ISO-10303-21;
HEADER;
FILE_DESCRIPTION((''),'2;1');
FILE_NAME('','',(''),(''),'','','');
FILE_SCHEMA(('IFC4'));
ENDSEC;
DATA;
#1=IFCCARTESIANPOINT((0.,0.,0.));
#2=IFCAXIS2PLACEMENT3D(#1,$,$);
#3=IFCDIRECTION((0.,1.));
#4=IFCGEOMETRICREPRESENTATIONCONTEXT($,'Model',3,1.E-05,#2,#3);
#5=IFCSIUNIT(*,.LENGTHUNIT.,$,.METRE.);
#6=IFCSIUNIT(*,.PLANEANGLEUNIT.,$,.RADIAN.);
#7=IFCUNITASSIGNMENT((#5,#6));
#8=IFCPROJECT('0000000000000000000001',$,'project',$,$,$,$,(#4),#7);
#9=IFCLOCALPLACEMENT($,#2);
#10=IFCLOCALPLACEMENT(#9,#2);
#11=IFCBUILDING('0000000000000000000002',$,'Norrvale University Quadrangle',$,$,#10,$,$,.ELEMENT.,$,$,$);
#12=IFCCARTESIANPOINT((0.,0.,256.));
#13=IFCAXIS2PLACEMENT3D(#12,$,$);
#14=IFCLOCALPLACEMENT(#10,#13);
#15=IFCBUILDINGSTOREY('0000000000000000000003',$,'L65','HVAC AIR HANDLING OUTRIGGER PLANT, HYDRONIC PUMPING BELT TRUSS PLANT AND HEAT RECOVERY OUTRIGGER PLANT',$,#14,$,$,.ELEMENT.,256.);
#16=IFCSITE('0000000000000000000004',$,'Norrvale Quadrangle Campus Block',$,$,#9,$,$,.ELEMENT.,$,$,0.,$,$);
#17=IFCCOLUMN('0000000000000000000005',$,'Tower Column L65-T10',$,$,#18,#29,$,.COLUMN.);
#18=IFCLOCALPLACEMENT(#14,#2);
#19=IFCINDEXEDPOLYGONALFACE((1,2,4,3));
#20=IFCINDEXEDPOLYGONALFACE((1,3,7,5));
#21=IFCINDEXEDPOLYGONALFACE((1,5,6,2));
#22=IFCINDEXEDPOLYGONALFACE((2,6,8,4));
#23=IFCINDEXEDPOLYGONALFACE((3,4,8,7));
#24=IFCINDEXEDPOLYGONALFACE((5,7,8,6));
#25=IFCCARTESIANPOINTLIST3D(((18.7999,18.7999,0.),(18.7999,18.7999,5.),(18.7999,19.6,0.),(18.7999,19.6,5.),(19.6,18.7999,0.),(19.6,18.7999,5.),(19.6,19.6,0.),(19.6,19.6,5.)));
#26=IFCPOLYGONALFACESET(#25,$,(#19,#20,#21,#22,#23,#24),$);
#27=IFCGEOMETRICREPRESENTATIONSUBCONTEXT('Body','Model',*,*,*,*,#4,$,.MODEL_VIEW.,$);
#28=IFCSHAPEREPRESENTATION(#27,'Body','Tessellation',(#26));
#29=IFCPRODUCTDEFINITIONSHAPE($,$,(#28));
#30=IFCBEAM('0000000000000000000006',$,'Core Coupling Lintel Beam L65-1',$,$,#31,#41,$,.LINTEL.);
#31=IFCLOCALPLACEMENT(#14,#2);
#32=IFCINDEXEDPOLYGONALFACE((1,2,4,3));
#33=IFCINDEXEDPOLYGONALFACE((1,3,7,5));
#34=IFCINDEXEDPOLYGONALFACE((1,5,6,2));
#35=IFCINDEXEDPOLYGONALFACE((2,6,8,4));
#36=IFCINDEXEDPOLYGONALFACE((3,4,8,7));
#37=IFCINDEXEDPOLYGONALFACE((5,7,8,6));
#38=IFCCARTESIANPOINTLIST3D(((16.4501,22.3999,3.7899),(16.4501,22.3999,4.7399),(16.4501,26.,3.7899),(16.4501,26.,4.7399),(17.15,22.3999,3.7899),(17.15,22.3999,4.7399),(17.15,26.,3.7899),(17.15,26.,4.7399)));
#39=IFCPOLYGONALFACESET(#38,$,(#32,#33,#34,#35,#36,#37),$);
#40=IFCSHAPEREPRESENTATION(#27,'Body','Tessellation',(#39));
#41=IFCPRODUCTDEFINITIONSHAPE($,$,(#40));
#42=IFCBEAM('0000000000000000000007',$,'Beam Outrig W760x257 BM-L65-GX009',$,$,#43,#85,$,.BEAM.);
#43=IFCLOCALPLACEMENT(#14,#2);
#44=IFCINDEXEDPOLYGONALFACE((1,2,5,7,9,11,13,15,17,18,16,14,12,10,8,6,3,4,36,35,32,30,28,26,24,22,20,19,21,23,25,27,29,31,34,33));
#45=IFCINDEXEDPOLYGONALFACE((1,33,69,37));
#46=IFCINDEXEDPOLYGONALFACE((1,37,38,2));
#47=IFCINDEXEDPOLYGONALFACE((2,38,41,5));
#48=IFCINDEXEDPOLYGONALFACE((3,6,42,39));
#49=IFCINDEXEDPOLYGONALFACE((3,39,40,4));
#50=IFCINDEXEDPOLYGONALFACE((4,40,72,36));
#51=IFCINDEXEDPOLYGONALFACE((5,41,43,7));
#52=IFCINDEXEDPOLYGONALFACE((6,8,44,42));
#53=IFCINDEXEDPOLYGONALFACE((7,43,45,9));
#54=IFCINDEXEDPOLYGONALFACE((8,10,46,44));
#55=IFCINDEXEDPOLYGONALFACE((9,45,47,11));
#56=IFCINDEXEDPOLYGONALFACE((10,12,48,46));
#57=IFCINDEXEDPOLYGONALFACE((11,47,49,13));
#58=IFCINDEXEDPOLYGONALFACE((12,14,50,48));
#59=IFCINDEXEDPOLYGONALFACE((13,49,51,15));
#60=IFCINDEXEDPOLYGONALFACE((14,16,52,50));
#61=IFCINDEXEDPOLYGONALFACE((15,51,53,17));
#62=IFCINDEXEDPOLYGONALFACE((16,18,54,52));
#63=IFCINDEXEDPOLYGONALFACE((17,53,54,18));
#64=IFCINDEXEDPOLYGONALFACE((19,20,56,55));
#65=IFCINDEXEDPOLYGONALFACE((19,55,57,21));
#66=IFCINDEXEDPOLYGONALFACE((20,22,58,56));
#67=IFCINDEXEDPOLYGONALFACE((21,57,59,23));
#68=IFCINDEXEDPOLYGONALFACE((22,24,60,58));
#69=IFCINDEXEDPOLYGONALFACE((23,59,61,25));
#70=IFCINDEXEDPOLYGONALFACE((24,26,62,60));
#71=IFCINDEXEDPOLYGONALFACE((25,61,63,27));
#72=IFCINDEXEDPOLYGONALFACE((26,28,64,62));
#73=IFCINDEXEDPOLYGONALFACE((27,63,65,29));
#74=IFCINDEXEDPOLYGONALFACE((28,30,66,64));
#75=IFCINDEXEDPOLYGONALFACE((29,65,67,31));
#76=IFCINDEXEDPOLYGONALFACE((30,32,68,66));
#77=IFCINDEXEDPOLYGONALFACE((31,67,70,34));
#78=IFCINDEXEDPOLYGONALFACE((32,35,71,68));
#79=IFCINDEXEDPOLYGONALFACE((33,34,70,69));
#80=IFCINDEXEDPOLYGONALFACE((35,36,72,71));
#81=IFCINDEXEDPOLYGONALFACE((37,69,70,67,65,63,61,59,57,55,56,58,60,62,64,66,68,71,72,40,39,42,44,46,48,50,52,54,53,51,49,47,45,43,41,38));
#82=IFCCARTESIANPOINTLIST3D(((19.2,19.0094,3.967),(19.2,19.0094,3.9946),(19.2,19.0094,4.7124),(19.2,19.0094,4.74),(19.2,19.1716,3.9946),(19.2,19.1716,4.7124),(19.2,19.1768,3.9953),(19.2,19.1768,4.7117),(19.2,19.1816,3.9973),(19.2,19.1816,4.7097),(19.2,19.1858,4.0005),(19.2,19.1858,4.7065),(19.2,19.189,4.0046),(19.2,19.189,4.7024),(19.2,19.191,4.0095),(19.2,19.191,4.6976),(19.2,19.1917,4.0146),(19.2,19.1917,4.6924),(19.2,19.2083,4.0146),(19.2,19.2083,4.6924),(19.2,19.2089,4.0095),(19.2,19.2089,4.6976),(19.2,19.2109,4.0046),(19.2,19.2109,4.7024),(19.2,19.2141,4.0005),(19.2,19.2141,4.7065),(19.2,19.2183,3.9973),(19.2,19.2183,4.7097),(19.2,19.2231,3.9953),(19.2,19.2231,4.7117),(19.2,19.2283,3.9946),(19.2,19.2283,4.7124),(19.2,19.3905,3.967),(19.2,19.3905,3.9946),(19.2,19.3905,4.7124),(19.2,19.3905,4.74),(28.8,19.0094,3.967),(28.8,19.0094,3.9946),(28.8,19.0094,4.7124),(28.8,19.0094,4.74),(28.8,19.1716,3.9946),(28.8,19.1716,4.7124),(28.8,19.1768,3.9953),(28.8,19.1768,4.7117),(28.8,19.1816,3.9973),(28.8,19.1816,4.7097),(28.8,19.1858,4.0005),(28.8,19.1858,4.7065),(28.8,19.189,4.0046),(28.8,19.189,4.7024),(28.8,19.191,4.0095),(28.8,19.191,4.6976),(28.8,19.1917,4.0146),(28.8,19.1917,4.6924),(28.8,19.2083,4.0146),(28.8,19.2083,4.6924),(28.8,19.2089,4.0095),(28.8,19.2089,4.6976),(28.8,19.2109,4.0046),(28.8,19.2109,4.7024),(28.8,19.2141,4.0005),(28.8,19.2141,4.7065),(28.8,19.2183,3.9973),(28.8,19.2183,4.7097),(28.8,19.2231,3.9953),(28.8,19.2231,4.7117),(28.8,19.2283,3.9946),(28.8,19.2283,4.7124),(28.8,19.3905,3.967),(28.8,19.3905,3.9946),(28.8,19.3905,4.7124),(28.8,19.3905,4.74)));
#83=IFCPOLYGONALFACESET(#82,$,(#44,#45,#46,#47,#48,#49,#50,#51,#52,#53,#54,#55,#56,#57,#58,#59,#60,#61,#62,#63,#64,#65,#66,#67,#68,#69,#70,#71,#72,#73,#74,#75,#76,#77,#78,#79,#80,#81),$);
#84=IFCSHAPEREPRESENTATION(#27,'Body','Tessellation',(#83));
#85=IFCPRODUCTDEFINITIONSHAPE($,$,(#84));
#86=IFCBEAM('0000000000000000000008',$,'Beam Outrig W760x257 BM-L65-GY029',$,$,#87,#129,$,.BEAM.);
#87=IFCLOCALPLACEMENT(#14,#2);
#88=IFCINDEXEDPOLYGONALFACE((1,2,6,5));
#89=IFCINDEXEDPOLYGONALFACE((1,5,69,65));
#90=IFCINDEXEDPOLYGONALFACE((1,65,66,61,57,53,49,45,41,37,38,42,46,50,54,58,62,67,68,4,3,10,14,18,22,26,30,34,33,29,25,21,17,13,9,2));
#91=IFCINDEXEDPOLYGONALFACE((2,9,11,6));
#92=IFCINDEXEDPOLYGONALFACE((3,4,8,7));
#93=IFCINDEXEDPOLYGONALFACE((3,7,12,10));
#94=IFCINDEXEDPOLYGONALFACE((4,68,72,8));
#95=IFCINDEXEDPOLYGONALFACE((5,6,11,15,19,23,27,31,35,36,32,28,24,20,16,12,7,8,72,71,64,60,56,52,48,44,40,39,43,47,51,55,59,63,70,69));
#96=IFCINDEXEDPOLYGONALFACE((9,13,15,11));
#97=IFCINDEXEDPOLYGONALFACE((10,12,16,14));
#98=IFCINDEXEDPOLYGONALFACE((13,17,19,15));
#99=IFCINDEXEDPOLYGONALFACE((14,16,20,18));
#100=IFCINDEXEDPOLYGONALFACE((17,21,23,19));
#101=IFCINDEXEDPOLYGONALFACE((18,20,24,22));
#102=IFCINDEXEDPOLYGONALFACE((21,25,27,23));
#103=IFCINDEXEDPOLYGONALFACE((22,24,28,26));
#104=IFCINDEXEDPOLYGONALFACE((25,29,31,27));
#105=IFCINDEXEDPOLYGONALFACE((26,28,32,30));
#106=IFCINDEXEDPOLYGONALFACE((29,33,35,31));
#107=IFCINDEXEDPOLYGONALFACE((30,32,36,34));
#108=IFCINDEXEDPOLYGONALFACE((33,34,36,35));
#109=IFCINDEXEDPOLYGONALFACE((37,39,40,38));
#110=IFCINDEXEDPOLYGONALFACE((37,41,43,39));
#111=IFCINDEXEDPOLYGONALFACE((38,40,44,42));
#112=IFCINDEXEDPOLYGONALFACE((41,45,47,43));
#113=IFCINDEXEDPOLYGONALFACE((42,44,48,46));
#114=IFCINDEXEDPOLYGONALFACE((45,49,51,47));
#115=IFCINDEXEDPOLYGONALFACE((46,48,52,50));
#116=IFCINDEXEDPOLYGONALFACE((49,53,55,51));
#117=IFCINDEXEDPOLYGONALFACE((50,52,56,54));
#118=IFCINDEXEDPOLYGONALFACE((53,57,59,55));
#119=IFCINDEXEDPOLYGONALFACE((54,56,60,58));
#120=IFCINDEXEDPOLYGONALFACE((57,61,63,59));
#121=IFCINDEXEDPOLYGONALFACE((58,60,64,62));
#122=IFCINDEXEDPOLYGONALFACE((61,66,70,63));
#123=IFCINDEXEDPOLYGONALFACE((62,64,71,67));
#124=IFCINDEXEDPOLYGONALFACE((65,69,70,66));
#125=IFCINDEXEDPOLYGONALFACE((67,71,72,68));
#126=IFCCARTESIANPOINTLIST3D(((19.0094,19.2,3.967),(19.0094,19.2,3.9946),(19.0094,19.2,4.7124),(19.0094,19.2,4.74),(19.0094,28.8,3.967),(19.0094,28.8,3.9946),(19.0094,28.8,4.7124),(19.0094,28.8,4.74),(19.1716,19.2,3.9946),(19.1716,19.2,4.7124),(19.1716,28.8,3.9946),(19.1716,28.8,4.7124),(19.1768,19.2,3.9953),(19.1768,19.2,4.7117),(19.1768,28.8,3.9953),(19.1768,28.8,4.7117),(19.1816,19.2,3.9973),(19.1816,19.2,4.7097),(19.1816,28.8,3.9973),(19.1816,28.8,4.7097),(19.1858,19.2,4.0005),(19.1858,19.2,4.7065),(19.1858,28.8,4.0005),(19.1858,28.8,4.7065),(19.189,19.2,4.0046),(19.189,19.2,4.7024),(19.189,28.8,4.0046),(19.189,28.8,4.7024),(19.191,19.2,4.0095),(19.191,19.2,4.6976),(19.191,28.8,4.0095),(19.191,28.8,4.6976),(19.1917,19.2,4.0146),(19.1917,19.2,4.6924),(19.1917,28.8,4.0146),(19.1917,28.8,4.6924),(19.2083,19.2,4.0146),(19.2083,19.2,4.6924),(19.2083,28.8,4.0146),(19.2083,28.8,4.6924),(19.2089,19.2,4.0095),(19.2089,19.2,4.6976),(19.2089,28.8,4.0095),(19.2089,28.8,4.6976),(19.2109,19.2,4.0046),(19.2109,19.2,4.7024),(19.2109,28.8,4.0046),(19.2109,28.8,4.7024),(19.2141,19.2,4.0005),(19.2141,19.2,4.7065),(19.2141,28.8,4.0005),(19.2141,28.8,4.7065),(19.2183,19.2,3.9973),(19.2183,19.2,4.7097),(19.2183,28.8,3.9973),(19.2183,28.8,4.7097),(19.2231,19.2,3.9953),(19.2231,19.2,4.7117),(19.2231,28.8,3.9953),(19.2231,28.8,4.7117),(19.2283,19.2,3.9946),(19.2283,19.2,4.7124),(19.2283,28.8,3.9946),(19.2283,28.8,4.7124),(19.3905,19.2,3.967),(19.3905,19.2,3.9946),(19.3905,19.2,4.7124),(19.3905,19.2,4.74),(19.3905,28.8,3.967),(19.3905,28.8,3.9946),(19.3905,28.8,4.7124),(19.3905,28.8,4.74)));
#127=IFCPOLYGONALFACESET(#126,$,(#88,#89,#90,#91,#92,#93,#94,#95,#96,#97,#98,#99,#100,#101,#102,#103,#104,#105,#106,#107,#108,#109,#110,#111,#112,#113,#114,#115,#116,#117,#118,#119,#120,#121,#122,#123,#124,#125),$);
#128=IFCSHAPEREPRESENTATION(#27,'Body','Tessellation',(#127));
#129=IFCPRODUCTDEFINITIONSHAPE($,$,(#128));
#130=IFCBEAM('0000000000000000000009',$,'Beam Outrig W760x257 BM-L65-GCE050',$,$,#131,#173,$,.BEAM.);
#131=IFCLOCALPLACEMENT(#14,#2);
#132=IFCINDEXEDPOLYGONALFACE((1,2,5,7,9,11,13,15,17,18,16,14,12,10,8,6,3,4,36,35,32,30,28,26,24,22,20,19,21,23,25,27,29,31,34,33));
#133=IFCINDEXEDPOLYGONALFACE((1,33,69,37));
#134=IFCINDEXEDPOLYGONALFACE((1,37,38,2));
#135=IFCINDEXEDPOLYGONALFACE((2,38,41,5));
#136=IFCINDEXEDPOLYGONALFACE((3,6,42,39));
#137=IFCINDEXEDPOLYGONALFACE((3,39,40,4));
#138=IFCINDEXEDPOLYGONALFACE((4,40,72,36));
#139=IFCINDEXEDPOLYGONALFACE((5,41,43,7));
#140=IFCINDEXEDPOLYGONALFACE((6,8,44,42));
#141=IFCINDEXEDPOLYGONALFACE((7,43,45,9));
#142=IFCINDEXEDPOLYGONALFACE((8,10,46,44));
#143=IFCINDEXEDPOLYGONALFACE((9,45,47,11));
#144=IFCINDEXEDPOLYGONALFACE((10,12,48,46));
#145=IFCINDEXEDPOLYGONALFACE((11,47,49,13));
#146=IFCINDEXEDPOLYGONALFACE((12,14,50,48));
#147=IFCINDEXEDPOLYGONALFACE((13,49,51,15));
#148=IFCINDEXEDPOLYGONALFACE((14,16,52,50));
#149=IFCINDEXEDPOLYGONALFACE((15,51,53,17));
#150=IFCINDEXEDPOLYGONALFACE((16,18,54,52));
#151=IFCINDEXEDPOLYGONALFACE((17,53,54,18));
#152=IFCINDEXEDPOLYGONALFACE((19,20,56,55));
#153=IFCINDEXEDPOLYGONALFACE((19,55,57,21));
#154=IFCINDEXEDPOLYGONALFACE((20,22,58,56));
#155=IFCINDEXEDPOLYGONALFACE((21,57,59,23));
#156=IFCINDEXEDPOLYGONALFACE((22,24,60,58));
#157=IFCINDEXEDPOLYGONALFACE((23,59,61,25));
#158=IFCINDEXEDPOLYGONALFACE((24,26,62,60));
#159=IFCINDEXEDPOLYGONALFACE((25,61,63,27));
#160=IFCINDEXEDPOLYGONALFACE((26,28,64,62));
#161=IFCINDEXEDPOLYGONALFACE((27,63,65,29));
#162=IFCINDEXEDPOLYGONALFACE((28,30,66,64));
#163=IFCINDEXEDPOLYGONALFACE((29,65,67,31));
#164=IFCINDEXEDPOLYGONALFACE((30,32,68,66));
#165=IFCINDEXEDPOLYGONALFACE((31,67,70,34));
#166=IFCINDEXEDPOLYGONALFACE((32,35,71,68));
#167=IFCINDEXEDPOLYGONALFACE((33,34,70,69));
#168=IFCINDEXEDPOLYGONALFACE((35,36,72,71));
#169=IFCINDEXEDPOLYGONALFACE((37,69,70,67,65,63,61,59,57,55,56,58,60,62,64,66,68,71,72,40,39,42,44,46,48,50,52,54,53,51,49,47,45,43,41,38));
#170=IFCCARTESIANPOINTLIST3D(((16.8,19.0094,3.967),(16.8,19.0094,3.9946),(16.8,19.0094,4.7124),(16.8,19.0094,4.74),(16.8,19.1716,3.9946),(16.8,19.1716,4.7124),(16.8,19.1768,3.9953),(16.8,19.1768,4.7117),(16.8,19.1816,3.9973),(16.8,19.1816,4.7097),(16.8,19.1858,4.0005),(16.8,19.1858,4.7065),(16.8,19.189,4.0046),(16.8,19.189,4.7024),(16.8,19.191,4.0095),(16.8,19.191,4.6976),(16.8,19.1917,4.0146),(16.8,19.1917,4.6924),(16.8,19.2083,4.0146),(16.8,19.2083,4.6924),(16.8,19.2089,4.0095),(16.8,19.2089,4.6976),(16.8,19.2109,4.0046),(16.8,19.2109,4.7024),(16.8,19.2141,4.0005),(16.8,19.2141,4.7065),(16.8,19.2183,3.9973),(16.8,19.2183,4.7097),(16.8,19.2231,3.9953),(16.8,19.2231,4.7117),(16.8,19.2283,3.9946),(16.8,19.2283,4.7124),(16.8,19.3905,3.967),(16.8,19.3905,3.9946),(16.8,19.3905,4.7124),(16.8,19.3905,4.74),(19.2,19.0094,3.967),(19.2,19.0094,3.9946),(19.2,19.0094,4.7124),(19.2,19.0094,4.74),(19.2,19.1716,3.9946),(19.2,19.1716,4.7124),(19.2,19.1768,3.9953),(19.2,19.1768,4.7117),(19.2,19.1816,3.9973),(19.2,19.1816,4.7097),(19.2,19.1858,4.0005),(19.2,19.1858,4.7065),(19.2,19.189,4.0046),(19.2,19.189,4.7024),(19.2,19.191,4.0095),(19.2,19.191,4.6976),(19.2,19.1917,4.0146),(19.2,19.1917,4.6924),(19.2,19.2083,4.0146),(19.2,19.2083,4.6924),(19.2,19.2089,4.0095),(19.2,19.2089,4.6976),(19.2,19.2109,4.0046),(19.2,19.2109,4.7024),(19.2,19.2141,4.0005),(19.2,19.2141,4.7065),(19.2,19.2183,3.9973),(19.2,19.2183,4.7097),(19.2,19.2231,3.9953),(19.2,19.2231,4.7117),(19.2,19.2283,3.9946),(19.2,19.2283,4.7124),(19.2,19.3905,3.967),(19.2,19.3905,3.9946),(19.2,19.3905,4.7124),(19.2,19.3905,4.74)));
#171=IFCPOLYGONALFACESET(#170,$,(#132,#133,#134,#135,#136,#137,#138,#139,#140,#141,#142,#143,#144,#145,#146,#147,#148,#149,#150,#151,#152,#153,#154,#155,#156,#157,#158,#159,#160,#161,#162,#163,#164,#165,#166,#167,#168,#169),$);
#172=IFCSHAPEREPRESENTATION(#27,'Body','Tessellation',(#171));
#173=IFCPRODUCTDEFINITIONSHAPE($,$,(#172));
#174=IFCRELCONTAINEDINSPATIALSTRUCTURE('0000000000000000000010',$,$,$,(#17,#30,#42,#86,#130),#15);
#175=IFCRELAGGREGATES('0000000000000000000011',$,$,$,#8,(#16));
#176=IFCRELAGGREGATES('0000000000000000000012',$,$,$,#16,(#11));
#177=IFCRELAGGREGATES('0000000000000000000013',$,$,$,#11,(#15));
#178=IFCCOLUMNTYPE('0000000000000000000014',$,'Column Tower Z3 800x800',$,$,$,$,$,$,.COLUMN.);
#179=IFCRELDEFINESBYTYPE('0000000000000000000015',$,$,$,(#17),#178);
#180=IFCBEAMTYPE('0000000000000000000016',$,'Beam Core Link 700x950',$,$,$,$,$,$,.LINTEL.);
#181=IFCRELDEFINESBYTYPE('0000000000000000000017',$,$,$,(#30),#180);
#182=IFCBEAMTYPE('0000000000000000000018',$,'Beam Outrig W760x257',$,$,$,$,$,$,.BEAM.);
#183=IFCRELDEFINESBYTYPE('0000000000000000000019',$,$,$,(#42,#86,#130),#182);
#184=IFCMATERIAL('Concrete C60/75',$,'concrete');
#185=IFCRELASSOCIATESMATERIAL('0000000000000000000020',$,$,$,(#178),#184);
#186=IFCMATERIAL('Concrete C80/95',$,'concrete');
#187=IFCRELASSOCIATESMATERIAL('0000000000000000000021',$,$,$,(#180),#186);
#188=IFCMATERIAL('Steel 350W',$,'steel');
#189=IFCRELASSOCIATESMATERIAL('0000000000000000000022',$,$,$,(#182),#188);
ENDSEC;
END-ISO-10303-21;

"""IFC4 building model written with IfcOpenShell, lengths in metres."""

from ifc_helpers import new_model, si_unit, direction, frame, origin, origin_2d, place, context, subcontext, project, spatial, rectangle, i_section, extrude, material, material_profile, profile_set, type_object, element, save


model = new_model("IFC4")

# Units and contexts
model_context = context("Model", 3, precision=1e-05, world=origin(), true_north=direction((0.0, 1.0)))
body_context = subcontext(model_context, "Body", "Model", "MODEL_VIEW")
ifc_project = project(units=[si_unit("LENGTHUNIT", "METRE"), si_unit("PLANEANGLEUNIT", "RADIAN")], contexts=[model_context])

# Site, building, storey
site_placement = place(None, origin())
site = spatial("IfcSite", under=ifc_project, at=site_placement, Name="Norrvale Quadrangle Campus Block", CompositionType="ELEMENT", RefElevation=0.0)
building_placement = place(site_placement, origin())
building = spatial("IfcBuilding", under=site, at=building_placement, Name="Norrvale University Quadrangle", CompositionType="ELEMENT")
storey_placement = place(building_placement, frame((0.0, 0.0, 256.0)))
storey = spatial("IfcBuildingStorey", under=building, at=storey_placement, Name="L65", Description="HVAC AIR HANDLING OUTRIGGER PLANT, HYDRONIC PUMPING BELT TRUSS PLANT AND HEAT RECOVERY OUTRIGGER PLANT", CompositionType="ELEMENT", Elevation=256.0)

# Column
ifc_material_1 = material(Name="Concrete C60/75", Category="concrete")
ifc_material_profile_1 = material_profile(ifc_material_1, rectangle(XDim=0.8, YDim=0.8, at=origin_2d()), Name="Concrete C60/75")
ifc_profile_set_1 = profile_set([ifc_material_profile_1], Name="Concrete C60/75")
column_type = type_object("IfcColumnType", Name="Column Tower Z3 800x800", PredefinedType="COLUMN", material=ifc_profile_set_1)
column_placement = place(storey_placement, frame((19.2, 19.2, 0.0), z_axis=(0.0, 0.0, 1.0), x_axis=(1.0, 0.0, 0.0)))
element("IfcColumn", 1, at=column_placement, inside=storey, type_object=column_type, Name="Tower Column L65-T10", PredefinedType="COLUMN", context=body_context, shape_type="SweptSolid", body=[
    extrude(rectangle(XDim=0.8, YDim=0.8, at=origin_2d()), origin(), (0.0, 0.0, 1.0), 5.0),
])

# Beams
ifc_material_2 = material(Name="Concrete C80/95", Category="concrete")
ifc_material_profile_2 = material_profile(ifc_material_2, rectangle(XDim=0.7, YDim=0.95, at=origin_2d()), Name="Concrete C80/95")
ifc_profile_set_2 = profile_set([ifc_material_profile_2], Name="Concrete C80/95")
beam_type_1 = type_object("IfcBeamType", Name="Beam Core Link 700x950", PredefinedType="LINTEL", material=ifc_profile_set_2)
beam_1_placement = place(storey_placement, frame((16.8, 22.3999, 4.2649), z_axis=(0.0, 1.0, 0.0), x_axis=(-1.0, 0.0, 0.0)))
element("IfcBeam", 2, at=beam_1_placement, inside=storey, type_object=beam_type_1, Name="Core Coupling Lintel Beam L65-1", PredefinedType="LINTEL", context=body_context, shape_type="SweptSolid", body=[
    extrude(rectangle(XDim=0.7, YDim=0.95, at=origin_2d()), origin(), (0.0, 0.0, 1.0), 3.6001),
])
ifc_material_3 = material(Name="Steel 350W", Category="steel")
ifc_material_profile_3 = material_profile(ifc_material_3, i_section(OverallWidth=0.3811, OverallDepth=0.7729, WebThickness=0.0166, FlangeThickness=0.0276, FilletRadius=0.02, at=origin_2d()), Name="Steel 350W")
ifc_profile_set_3 = profile_set([ifc_material_profile_3], Name="Steel 350W")
beam_type_2 = type_object("IfcBeamType", Name="Beam Outrig W760x257", PredefinedType="BEAM", material=ifc_profile_set_3)
for number, where, z_axis, x_axis, name in (
    (3, (19.2, 19.2, 4.3535), (1.0, 0.0, 0.0), (0.0, 1.0, 0.0), "Beam Outrig W760x257 BM-L65-GX009"),
    (4, (19.2, 19.2, 4.3535), (0.0, 1.0, 0.0), (-1.0, 0.0, 0.0), "Beam Outrig W760x257 BM-L65-GY029"),
):
    element("IfcBeam", number, at=place(storey_placement, frame(where, z_axis=z_axis, x_axis=x_axis)), inside=storey, type_object=beam_type_2, Name=name, PredefinedType="BEAM", context=body_context, shape_type="SweptSolid", body=[
        extrude(i_section(OverallWidth=0.3811, OverallDepth=0.7729, WebThickness=0.0166, FlangeThickness=0.0276, FilletRadius=0.02, at=origin_2d()), origin(), (0.0, 0.0, 1.0), 9.6001),
    ])
beam_2_placement = place(storey_placement, frame((16.8, 19.2, 4.3535), z_axis=(1.0, 0.0, 0.0), x_axis=(0.0, 1.0, 0.0)))
element("IfcBeam", 5, at=beam_2_placement, inside=storey, type_object=beam_type_2, Name="Beam Outrig W760x257 BM-L65-GCE050", PredefinedType="BEAM", context=body_context, shape_type="SweptSolid", body=[
    extrude(i_section(OverallWidth=0.3811, OverallDepth=0.7729, WebThickness=0.0166, FlangeThickness=0.0276, FilletRadius=0.02, at=origin_2d()), origin(), (0.0, 0.0, 1.0), 2.3999),
])

save(model, "model.ifc")
